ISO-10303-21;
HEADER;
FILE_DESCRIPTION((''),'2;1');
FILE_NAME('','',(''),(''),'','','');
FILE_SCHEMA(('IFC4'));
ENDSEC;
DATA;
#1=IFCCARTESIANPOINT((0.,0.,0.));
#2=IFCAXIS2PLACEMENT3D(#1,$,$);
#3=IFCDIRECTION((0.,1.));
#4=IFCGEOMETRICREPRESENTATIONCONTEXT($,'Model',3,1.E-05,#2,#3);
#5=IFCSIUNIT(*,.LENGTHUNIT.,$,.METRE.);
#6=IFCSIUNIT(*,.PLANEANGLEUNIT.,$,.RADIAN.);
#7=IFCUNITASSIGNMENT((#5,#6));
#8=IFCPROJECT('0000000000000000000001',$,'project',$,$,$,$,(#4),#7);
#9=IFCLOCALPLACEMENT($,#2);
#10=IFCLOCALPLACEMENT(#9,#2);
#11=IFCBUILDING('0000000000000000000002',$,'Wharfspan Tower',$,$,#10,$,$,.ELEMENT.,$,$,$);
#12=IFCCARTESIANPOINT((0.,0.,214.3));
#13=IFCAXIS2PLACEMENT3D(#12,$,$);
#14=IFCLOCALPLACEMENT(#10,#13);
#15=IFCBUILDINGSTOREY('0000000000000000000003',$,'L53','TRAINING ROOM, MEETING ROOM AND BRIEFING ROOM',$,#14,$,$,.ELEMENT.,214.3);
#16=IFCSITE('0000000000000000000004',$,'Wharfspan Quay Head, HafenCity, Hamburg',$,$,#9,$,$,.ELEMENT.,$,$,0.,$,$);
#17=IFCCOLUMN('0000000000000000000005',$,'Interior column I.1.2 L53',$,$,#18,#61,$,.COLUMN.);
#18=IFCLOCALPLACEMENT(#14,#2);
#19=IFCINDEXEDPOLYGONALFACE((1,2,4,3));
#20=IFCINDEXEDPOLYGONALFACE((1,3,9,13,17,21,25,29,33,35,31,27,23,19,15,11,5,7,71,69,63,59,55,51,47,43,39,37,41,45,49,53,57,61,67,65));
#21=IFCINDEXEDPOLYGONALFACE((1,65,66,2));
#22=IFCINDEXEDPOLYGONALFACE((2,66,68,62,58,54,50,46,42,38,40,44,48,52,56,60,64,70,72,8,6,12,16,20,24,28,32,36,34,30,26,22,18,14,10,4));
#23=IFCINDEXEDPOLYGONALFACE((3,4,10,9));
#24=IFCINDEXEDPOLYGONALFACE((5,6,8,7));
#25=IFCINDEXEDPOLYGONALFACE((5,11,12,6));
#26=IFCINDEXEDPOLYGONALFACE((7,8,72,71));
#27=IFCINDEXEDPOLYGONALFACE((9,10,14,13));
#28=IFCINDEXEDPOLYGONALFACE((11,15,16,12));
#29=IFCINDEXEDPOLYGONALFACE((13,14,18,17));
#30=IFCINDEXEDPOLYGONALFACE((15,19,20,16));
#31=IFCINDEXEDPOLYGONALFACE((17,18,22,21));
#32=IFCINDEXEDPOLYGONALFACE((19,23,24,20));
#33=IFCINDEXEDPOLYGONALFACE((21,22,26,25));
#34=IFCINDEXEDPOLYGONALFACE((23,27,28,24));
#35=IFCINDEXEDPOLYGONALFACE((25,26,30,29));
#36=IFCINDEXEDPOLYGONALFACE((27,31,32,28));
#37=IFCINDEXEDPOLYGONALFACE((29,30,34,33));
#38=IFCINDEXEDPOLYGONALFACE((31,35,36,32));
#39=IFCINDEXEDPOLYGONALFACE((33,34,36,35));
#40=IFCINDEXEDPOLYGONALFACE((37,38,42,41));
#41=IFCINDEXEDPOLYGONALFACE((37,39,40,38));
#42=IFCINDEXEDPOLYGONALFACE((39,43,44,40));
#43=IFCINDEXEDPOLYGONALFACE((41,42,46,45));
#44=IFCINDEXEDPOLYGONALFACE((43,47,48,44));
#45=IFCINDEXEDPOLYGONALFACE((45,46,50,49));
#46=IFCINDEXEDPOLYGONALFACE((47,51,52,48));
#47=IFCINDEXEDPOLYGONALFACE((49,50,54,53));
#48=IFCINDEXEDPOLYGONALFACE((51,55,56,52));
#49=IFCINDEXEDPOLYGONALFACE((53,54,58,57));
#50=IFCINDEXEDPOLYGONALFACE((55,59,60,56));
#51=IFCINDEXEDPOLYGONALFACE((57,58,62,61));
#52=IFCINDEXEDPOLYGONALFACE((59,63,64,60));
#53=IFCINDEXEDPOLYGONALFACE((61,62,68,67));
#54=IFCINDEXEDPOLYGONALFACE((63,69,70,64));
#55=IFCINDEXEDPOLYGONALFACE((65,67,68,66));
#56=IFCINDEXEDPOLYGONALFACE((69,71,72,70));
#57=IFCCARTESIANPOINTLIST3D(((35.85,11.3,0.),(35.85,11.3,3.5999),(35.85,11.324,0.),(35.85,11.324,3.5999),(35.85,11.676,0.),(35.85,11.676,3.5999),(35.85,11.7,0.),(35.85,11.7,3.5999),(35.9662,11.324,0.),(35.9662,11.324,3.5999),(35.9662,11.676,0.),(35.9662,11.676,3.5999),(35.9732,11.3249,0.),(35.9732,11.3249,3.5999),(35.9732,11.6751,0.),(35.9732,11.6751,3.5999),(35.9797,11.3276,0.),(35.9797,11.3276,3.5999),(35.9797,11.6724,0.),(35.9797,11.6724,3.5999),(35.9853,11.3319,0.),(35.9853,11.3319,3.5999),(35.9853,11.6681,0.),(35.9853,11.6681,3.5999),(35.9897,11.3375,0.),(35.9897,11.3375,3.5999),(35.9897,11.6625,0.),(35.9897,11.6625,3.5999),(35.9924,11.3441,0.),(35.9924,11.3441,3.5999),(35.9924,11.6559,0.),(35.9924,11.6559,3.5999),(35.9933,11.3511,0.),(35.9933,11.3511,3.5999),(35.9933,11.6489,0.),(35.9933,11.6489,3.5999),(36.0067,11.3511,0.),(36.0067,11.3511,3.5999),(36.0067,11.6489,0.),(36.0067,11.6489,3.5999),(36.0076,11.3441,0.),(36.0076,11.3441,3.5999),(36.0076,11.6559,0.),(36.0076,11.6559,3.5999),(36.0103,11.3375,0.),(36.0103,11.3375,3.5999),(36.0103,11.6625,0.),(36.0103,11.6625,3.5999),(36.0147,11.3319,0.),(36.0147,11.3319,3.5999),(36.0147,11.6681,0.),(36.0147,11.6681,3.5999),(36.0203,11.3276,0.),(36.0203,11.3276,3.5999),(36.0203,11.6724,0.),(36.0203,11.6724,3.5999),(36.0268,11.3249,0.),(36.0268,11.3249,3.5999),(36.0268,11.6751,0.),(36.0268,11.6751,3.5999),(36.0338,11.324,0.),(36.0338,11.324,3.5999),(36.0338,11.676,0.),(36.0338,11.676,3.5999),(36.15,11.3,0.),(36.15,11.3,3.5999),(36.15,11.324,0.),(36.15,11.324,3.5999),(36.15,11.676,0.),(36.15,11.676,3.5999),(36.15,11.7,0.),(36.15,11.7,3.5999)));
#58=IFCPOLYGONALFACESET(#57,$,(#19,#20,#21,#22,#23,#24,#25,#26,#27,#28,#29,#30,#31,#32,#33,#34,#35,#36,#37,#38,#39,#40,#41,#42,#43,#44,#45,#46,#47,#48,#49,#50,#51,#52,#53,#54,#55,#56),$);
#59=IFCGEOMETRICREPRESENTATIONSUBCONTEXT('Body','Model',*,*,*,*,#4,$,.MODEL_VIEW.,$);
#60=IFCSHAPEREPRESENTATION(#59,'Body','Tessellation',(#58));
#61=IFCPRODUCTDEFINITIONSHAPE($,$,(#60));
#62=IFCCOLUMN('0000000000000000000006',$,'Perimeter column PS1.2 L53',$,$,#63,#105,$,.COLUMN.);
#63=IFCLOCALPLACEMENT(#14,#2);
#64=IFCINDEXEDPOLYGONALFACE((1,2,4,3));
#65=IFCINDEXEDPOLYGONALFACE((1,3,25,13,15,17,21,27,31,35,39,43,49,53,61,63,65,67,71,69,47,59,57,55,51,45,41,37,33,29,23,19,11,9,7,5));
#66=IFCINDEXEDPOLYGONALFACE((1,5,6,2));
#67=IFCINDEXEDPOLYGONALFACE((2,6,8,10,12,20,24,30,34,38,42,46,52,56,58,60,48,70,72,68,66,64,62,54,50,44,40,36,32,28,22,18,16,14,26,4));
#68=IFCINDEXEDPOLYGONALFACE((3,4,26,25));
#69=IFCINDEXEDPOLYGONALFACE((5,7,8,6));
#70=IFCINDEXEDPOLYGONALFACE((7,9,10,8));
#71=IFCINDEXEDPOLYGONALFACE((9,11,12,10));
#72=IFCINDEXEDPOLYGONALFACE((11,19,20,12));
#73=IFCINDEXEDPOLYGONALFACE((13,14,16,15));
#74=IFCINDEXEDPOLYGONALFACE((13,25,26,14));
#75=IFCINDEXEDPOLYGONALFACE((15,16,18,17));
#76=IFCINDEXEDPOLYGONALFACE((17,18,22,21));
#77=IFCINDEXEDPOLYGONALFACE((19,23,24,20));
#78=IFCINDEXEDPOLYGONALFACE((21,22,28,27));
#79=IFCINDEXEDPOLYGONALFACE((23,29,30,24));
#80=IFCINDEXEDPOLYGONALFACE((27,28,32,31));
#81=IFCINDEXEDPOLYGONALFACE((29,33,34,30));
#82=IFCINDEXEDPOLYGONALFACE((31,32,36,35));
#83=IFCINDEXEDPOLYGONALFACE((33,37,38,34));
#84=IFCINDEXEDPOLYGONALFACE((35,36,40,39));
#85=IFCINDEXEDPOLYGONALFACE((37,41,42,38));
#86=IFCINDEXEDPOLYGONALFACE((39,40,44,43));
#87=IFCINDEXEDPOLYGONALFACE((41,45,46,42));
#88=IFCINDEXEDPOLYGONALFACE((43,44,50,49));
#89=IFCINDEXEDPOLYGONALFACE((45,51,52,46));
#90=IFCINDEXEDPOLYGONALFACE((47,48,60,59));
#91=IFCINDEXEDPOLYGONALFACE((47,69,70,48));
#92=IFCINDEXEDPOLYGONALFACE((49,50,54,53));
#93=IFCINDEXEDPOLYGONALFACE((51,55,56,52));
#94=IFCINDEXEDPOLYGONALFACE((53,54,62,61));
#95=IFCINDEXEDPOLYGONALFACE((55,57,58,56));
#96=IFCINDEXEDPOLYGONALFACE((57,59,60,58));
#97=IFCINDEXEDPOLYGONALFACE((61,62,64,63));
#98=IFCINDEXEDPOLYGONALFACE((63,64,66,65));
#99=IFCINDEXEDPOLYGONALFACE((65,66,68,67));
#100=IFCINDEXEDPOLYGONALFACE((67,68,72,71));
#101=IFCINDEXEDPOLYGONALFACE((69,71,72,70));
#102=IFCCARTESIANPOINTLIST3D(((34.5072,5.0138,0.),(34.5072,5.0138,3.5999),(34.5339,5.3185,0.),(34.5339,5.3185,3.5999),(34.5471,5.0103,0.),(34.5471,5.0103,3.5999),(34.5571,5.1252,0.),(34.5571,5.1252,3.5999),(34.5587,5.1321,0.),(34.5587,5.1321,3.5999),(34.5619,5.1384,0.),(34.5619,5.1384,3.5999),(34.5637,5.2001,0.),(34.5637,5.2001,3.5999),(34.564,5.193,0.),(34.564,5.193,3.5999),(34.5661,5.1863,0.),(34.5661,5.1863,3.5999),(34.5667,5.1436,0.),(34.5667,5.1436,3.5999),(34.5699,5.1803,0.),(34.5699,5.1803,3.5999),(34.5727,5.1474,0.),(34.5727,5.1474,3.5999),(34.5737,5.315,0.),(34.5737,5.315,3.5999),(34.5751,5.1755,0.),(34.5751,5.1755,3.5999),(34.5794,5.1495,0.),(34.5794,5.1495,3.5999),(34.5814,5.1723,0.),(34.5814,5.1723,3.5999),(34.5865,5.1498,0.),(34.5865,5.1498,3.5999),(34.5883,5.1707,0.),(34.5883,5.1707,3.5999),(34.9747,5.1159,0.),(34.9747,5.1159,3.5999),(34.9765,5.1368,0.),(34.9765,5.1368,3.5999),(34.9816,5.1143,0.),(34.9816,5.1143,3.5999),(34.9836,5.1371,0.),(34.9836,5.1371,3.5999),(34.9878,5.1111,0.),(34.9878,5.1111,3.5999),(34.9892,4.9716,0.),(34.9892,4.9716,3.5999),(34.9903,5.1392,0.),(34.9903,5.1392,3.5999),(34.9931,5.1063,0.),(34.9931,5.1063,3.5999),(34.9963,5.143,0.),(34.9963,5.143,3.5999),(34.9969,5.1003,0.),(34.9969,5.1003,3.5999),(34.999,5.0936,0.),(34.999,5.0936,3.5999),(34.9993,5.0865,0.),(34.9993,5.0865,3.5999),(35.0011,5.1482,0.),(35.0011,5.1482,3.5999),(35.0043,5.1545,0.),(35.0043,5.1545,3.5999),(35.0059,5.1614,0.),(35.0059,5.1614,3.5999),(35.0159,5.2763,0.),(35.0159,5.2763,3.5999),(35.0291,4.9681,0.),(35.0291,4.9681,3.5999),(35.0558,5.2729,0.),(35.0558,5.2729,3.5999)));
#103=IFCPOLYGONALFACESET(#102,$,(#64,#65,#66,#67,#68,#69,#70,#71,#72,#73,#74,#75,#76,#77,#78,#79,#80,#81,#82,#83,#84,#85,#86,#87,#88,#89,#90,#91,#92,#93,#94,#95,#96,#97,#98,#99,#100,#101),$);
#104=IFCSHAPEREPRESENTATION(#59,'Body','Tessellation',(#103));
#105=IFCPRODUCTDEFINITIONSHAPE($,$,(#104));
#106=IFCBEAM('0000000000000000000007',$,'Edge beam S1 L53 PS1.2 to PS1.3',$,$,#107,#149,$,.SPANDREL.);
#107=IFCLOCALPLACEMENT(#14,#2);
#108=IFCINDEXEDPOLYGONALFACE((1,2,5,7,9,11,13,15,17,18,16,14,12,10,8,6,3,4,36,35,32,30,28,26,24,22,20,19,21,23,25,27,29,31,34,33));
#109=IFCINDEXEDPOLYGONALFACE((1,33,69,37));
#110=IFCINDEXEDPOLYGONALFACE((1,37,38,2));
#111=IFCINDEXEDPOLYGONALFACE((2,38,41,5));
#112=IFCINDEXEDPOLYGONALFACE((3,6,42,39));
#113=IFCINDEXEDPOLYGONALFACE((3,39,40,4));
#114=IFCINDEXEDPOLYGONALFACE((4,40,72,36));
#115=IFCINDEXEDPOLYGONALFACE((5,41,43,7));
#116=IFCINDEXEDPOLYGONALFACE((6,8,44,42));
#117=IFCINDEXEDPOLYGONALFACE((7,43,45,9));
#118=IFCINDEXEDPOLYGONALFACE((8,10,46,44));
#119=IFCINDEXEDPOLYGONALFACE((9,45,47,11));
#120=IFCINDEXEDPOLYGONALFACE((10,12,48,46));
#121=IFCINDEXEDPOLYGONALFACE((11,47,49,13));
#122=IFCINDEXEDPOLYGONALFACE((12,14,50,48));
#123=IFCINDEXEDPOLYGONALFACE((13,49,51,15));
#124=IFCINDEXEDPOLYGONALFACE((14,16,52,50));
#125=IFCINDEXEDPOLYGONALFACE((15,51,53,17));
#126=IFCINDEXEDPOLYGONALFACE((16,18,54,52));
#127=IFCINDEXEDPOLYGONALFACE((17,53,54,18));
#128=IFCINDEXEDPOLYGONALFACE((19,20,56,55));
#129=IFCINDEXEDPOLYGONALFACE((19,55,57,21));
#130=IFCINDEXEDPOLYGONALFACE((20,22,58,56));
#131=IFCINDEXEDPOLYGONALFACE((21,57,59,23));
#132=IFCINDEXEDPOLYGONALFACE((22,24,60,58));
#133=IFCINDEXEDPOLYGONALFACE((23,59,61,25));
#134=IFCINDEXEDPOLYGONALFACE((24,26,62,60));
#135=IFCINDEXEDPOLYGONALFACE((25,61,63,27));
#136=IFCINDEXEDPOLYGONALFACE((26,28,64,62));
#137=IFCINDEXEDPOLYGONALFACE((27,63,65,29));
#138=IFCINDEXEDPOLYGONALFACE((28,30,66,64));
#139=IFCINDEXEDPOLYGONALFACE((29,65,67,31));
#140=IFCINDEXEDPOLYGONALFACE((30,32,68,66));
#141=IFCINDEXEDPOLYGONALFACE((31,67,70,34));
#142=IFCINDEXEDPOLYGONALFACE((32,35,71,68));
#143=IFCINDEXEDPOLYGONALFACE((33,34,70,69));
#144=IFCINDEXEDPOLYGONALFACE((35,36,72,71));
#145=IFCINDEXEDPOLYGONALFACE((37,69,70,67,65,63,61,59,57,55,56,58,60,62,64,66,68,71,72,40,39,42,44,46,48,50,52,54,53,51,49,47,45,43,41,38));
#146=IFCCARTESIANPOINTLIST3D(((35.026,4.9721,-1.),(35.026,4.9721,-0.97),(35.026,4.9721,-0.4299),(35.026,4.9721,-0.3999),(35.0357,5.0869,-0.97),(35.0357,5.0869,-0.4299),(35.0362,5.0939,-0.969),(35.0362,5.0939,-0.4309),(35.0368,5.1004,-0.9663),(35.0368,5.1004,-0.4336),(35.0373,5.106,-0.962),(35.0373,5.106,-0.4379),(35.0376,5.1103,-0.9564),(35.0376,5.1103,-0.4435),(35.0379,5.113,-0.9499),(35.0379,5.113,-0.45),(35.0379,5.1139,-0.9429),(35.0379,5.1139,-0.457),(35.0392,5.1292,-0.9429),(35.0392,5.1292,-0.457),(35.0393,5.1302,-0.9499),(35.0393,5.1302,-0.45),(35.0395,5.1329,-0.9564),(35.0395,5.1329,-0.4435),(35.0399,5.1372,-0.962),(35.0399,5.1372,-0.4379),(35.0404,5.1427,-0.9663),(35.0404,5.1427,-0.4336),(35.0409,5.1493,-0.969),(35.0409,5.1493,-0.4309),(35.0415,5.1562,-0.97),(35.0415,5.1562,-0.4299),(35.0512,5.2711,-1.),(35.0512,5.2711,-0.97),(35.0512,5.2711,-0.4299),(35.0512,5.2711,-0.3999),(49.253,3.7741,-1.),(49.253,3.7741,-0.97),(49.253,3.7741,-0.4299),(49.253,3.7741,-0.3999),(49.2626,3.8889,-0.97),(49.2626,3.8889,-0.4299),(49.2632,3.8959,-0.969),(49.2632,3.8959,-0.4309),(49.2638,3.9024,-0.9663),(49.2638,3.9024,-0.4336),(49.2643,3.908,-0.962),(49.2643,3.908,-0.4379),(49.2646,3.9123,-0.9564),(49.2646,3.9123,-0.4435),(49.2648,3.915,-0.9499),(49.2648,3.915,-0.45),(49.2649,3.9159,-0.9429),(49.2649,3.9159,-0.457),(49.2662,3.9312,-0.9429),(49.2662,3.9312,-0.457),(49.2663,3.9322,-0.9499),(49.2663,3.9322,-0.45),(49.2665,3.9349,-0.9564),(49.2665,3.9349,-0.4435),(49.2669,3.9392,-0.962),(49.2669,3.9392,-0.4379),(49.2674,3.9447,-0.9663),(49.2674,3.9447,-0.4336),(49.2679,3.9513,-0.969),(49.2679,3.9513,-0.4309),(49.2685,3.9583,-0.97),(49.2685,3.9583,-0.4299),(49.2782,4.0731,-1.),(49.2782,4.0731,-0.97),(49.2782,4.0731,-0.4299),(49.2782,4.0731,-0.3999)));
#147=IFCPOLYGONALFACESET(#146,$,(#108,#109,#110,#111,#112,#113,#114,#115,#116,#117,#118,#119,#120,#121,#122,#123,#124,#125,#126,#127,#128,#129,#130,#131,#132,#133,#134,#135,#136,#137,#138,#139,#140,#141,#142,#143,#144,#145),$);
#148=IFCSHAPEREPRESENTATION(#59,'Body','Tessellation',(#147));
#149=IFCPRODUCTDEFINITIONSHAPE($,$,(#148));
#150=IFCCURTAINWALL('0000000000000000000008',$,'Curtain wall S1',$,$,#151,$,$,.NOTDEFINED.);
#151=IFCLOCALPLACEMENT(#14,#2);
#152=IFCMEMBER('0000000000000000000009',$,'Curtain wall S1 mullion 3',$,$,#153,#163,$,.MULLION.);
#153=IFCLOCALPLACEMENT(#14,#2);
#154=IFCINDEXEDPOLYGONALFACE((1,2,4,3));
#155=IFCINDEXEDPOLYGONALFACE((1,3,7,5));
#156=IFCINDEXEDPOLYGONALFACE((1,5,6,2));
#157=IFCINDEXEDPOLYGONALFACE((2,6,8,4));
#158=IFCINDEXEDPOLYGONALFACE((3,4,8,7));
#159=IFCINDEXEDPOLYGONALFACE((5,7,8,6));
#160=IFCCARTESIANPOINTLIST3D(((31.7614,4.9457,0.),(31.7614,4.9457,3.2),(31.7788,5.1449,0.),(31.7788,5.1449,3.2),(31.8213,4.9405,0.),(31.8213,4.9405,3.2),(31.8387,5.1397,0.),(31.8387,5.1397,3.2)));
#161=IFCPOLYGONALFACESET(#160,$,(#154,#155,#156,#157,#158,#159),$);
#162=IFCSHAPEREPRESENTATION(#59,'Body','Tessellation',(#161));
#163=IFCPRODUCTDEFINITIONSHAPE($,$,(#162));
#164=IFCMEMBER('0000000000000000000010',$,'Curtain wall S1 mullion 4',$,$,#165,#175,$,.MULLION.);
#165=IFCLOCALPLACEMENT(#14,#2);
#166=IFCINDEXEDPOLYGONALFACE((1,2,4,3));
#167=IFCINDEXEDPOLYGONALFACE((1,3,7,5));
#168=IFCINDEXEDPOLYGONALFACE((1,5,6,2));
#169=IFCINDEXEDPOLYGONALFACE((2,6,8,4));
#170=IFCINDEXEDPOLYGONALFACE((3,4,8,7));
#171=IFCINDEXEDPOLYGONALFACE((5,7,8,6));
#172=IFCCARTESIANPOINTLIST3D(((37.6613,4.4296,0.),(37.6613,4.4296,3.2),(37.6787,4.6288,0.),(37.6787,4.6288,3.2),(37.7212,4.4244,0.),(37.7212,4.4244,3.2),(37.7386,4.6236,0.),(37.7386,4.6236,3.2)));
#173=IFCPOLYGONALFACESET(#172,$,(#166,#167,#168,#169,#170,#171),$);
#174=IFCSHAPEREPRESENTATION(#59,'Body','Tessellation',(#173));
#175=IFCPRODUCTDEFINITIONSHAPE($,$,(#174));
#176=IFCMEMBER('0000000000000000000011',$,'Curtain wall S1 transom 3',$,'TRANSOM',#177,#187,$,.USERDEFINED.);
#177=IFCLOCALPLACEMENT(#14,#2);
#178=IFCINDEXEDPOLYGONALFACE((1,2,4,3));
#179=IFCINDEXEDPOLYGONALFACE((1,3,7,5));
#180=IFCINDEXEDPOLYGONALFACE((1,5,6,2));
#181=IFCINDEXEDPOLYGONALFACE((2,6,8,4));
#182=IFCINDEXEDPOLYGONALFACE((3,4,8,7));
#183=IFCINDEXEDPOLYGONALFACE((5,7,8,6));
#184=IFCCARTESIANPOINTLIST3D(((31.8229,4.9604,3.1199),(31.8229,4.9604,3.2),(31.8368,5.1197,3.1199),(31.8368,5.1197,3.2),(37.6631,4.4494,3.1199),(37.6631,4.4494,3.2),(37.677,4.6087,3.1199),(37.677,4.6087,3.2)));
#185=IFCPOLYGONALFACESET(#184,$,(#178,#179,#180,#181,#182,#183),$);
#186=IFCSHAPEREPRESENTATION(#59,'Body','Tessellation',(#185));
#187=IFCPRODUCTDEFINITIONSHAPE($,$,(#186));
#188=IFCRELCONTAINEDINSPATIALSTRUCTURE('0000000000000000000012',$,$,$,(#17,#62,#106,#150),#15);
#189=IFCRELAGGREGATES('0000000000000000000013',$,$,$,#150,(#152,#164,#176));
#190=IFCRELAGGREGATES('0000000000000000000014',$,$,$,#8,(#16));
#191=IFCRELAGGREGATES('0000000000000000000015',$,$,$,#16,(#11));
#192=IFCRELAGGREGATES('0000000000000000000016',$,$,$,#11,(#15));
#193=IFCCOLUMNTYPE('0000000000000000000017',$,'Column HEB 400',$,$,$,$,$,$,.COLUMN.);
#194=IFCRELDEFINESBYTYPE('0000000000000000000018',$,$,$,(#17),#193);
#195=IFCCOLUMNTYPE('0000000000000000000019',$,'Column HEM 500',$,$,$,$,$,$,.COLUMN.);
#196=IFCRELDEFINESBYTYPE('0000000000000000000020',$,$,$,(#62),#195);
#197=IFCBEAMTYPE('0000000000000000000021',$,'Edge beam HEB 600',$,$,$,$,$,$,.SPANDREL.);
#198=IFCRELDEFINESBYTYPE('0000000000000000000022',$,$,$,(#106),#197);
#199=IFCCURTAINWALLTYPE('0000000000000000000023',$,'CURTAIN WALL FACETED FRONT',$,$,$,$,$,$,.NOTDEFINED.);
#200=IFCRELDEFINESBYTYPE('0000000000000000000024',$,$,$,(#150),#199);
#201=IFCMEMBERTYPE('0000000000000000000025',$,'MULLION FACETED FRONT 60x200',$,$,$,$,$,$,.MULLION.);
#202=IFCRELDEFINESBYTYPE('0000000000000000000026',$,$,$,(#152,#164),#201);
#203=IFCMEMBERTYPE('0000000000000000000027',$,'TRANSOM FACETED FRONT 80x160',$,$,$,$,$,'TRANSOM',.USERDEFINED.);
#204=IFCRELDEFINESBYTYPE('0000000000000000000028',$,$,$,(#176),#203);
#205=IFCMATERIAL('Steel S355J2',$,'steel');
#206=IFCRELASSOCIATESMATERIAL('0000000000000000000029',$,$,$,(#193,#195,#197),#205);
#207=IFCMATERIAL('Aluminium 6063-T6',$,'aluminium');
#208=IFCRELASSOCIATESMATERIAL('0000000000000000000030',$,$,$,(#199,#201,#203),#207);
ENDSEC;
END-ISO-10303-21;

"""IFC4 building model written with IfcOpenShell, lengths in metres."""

from ifc_helpers import new_model, si_unit, direction, frame, origin, origin_2d, place, context, subcontext, project, spatial, rectangle, i_section, extrude, material, material_profile, profile_set, type_object, element, aggregate, save


model = new_model("IFC4")

# Units and contexts
model_context = context("Model", 3, precision=1e-05, world=origin(), true_north=direction((0.0, 1.0)))
body_context = subcontext(model_context, "Body", "Model", "MODEL_VIEW")
ifc_project = project(units=[si_unit("LENGTHUNIT", "METRE"), si_unit("PLANEANGLEUNIT", "RADIAN")], contexts=[model_context])

# Site, building, storey
site_placement = place(None, origin())
site = spatial("IfcSite", under=ifc_project, at=site_placement, Name="Wharfspan Quay Head, HafenCity, Hamburg", CompositionType="ELEMENT", RefElevation=0.0)
building_placement = place(site_placement, origin())
building = spatial("IfcBuilding", under=site, at=building_placement, Name="Wharfspan Tower", CompositionType="ELEMENT")
storey_placement = place(building_placement, frame((0.0, 0.0, 214.3)))
storey = spatial("IfcBuildingStorey", under=building, at=storey_placement, Name="L53", Description="TRAINING ROOM, MEETING ROOM AND BRIEFING ROOM", CompositionType="ELEMENT", Elevation=214.3)

# Columns
ifc_material_1 = material(Name="Steel S355J2", Category="steel")
ifc_material_profile_1 = material_profile(ifc_material_1, i_section(OverallWidth=0.3, OverallDepth=0.3999, WebThickness=0.0134, FlangeThickness=0.0239, FilletRadius=0.0271, at=origin_2d()))
ifc_profile_set_1 = profile_set([ifc_material_profile_1], Name="Steel S355J2")
column_type_1 = type_object("IfcColumnType", Name="Column HEB 400", PredefinedType="COLUMN", material=ifc_profile_set_1)
column_1_placement = place(storey_placement, frame((36.0, 11.5, 0.0), z_axis=(0.0, 0.0, 1.0), x_axis=(1.0, 0.0, 0.0)))
element("IfcColumn", 1, at=column_1_placement, inside=storey, type_object=column_type_1, Name="Interior column I.1.2 L53", PredefinedType="COLUMN", context=body_context, shape_type="SweptSolid", body=[
    extrude(i_section(OverallWidth=0.3, OverallDepth=0.3999, WebThickness=0.0134, FlangeThickness=0.0239, FilletRadius=0.0271, at=origin_2d()), origin(), (0.0, 0.0, 1.0), 3.5999),
])
ifc_material_profile_2 = material_profile(ifc_material_1, i_section(OverallWidth=0.3059, OverallDepth=0.5239, WebThickness=0.021, FlangeThickness=0.04, FilletRadius=0.0271, at=origin_2d()))
ifc_profile_set_2 = profile_set([ifc_material_profile_2], Name="Steel S355J2")
column_type_2 = type_object("IfcColumnType", Name="Column HEM 500", PredefinedType="COLUMN", material=ifc_profile_set_2)
column_2_placement = place(storey_placement, frame((34.7815, 5.1433, 0.0), z_axis=(0.0, 0.0, 1.0), x_axis=(-0.087156, -0.996197, 0.0)))
element("IfcColumn", 2, at=column_2_placement, inside=storey, type_object=column_type_2, Name="Perimeter column PS1.2 L53", PredefinedType="COLUMN", context=body_context, shape_type="SweptSolid", body=[
    extrude(i_section(OverallWidth=0.3059, OverallDepth=0.5239, WebThickness=0.021, FlangeThickness=0.04, FilletRadius=0.0271, at=origin_2d()), origin(), (0.0, 0.0, 1.0), 3.5999),
])

# Beam
ifc_material_profile_3 = material_profile(ifc_material_1, i_section(OverallWidth=0.3, OverallDepth=0.6001, WebThickness=0.0154, FlangeThickness=0.03, FilletRadius=0.0271, at=origin_2d()))
ifc_profile_set_3 = profile_set([ifc_material_profile_3], Name="Steel S355J2")
beam_type = type_object("IfcBeamType", Name="Edge beam HEB 600", PredefinedType="SPANDREL", material=ifc_profile_set_3)
beam_placement = place(storey_placement, frame((35.0386, 5.1216, -0.7), z_axis=(0.996473, -0.083909, 0.0), x_axis=(0.083909, 0.996473, 0.0)))
element("IfcBeam", 3, at=beam_placement, inside=storey, type_object=beam_type, Name="Edge beam S1 L53 PS1.2 to PS1.3", PredefinedType="SPANDREL", context=body_context, shape_type="SweptSolid", body=[
    extrude(i_section(OverallWidth=0.3, OverallDepth=0.6001, WebThickness=0.0154, FlangeThickness=0.03, FilletRadius=0.0271, at=origin_2d()), origin(), (0.0, 0.0, 1.0), 14.2773),
])

# Curtain wall, members
ifc_material_2 = material(Name="Aluminium 6063-T6", Category="aluminium")
curtain_wall_type = type_object("IfcCurtainWallType", Name="CURTAIN WALL FACETED FRONT", PredefinedType="NOTDEFINED", material=ifc_material_2)
curtain_wall_placement = place(storey_placement, origin())
curtain_wall = element("IfcCurtainWall", 4, at=curtain_wall_placement, inside=storey, type_object=curtain_wall_type, Name="Curtain wall S1", PredefinedType="NOTDEFINED")
ifc_material_profile_4 = material_profile(ifc_material_2, rectangle(XDim=0.2, YDim=0.0601, at=origin_2d()))
ifc_profile_set_4 = profile_set([ifc_material_profile_4], Name="Aluminium 6063-T6")
member_type_1 = type_object("IfcMemberType", Name="MULLION FACETED FRONT 60x200", PredefinedType="MULLION", material=ifc_profile_set_4)
member_1_placement = place(storey_placement, frame((31.8, 5.0427, 0.0), z_axis=(0.0, 0.0, 1.0), x_axis=(0.087156, 0.996197, 0.0)))
member_1 = element("IfcMember", 5, at=member_1_placement, type_object=member_type_1, Name="Curtain wall S1 mullion 3", PredefinedType="MULLION", context=body_context, shape_type="SweptSolid", body=[
    extrude(rectangle(XDim=0.2, YDim=0.0601, at=origin_2d()), origin(), (0.0, 0.0, 1.0), 3.2),
])
member_2_placement = place(storey_placement, frame((37.7, 4.5266, 0.0), z_axis=(0.0, 0.0, 1.0), x_axis=(0.087156, 0.996197, 0.0)))
member_2 = element("IfcMember", 6, at=member_2_placement, type_object=member_type_1, Name="Curtain wall S1 mullion 4", PredefinedType="MULLION", context=body_context, shape_type="SweptSolid", body=[
    extrude(rectangle(XDim=0.2, YDim=0.0601, at=origin_2d()), origin(), (0.0, 0.0, 1.0), 3.2),
])
ifc_material_profile_5 = material_profile(ifc_material_2, rectangle(XDim=0.1599, YDim=0.0801, at=origin_2d()))
ifc_profile_set_5 = profile_set([ifc_material_profile_5], Name="Aluminium 6063-T6")
member_type_2 = type_object("IfcMemberType", Name="TRANSOM FACETED FRONT 80x160", ElementType="TRANSOM", PredefinedType="USERDEFINED", material=ifc_profile_set_5)
member_3_placement = place(storey_placement, frame((31.8298, 5.04, 3.1599), z_axis=(0.996194, -0.08716, 0.0), x_axis=(0.08716, 0.996194, 0.0)))
member_3 = element("IfcMember", 7, at=member_3_placement, type_object=member_type_2, Name="Curtain wall S1 transom 3", ObjectType="TRANSOM", PredefinedType="USERDEFINED", context=body_context, shape_type="SweptSolid", body=[
    extrude(rectangle(XDim=0.1599, YDim=0.0801, at=origin_2d()), origin(), (0.0, 0.0, 1.0), 5.8625),
])
aggregate(curtain_wall, [member_1, member_2, member_3])

save(model, "model.ifc")
